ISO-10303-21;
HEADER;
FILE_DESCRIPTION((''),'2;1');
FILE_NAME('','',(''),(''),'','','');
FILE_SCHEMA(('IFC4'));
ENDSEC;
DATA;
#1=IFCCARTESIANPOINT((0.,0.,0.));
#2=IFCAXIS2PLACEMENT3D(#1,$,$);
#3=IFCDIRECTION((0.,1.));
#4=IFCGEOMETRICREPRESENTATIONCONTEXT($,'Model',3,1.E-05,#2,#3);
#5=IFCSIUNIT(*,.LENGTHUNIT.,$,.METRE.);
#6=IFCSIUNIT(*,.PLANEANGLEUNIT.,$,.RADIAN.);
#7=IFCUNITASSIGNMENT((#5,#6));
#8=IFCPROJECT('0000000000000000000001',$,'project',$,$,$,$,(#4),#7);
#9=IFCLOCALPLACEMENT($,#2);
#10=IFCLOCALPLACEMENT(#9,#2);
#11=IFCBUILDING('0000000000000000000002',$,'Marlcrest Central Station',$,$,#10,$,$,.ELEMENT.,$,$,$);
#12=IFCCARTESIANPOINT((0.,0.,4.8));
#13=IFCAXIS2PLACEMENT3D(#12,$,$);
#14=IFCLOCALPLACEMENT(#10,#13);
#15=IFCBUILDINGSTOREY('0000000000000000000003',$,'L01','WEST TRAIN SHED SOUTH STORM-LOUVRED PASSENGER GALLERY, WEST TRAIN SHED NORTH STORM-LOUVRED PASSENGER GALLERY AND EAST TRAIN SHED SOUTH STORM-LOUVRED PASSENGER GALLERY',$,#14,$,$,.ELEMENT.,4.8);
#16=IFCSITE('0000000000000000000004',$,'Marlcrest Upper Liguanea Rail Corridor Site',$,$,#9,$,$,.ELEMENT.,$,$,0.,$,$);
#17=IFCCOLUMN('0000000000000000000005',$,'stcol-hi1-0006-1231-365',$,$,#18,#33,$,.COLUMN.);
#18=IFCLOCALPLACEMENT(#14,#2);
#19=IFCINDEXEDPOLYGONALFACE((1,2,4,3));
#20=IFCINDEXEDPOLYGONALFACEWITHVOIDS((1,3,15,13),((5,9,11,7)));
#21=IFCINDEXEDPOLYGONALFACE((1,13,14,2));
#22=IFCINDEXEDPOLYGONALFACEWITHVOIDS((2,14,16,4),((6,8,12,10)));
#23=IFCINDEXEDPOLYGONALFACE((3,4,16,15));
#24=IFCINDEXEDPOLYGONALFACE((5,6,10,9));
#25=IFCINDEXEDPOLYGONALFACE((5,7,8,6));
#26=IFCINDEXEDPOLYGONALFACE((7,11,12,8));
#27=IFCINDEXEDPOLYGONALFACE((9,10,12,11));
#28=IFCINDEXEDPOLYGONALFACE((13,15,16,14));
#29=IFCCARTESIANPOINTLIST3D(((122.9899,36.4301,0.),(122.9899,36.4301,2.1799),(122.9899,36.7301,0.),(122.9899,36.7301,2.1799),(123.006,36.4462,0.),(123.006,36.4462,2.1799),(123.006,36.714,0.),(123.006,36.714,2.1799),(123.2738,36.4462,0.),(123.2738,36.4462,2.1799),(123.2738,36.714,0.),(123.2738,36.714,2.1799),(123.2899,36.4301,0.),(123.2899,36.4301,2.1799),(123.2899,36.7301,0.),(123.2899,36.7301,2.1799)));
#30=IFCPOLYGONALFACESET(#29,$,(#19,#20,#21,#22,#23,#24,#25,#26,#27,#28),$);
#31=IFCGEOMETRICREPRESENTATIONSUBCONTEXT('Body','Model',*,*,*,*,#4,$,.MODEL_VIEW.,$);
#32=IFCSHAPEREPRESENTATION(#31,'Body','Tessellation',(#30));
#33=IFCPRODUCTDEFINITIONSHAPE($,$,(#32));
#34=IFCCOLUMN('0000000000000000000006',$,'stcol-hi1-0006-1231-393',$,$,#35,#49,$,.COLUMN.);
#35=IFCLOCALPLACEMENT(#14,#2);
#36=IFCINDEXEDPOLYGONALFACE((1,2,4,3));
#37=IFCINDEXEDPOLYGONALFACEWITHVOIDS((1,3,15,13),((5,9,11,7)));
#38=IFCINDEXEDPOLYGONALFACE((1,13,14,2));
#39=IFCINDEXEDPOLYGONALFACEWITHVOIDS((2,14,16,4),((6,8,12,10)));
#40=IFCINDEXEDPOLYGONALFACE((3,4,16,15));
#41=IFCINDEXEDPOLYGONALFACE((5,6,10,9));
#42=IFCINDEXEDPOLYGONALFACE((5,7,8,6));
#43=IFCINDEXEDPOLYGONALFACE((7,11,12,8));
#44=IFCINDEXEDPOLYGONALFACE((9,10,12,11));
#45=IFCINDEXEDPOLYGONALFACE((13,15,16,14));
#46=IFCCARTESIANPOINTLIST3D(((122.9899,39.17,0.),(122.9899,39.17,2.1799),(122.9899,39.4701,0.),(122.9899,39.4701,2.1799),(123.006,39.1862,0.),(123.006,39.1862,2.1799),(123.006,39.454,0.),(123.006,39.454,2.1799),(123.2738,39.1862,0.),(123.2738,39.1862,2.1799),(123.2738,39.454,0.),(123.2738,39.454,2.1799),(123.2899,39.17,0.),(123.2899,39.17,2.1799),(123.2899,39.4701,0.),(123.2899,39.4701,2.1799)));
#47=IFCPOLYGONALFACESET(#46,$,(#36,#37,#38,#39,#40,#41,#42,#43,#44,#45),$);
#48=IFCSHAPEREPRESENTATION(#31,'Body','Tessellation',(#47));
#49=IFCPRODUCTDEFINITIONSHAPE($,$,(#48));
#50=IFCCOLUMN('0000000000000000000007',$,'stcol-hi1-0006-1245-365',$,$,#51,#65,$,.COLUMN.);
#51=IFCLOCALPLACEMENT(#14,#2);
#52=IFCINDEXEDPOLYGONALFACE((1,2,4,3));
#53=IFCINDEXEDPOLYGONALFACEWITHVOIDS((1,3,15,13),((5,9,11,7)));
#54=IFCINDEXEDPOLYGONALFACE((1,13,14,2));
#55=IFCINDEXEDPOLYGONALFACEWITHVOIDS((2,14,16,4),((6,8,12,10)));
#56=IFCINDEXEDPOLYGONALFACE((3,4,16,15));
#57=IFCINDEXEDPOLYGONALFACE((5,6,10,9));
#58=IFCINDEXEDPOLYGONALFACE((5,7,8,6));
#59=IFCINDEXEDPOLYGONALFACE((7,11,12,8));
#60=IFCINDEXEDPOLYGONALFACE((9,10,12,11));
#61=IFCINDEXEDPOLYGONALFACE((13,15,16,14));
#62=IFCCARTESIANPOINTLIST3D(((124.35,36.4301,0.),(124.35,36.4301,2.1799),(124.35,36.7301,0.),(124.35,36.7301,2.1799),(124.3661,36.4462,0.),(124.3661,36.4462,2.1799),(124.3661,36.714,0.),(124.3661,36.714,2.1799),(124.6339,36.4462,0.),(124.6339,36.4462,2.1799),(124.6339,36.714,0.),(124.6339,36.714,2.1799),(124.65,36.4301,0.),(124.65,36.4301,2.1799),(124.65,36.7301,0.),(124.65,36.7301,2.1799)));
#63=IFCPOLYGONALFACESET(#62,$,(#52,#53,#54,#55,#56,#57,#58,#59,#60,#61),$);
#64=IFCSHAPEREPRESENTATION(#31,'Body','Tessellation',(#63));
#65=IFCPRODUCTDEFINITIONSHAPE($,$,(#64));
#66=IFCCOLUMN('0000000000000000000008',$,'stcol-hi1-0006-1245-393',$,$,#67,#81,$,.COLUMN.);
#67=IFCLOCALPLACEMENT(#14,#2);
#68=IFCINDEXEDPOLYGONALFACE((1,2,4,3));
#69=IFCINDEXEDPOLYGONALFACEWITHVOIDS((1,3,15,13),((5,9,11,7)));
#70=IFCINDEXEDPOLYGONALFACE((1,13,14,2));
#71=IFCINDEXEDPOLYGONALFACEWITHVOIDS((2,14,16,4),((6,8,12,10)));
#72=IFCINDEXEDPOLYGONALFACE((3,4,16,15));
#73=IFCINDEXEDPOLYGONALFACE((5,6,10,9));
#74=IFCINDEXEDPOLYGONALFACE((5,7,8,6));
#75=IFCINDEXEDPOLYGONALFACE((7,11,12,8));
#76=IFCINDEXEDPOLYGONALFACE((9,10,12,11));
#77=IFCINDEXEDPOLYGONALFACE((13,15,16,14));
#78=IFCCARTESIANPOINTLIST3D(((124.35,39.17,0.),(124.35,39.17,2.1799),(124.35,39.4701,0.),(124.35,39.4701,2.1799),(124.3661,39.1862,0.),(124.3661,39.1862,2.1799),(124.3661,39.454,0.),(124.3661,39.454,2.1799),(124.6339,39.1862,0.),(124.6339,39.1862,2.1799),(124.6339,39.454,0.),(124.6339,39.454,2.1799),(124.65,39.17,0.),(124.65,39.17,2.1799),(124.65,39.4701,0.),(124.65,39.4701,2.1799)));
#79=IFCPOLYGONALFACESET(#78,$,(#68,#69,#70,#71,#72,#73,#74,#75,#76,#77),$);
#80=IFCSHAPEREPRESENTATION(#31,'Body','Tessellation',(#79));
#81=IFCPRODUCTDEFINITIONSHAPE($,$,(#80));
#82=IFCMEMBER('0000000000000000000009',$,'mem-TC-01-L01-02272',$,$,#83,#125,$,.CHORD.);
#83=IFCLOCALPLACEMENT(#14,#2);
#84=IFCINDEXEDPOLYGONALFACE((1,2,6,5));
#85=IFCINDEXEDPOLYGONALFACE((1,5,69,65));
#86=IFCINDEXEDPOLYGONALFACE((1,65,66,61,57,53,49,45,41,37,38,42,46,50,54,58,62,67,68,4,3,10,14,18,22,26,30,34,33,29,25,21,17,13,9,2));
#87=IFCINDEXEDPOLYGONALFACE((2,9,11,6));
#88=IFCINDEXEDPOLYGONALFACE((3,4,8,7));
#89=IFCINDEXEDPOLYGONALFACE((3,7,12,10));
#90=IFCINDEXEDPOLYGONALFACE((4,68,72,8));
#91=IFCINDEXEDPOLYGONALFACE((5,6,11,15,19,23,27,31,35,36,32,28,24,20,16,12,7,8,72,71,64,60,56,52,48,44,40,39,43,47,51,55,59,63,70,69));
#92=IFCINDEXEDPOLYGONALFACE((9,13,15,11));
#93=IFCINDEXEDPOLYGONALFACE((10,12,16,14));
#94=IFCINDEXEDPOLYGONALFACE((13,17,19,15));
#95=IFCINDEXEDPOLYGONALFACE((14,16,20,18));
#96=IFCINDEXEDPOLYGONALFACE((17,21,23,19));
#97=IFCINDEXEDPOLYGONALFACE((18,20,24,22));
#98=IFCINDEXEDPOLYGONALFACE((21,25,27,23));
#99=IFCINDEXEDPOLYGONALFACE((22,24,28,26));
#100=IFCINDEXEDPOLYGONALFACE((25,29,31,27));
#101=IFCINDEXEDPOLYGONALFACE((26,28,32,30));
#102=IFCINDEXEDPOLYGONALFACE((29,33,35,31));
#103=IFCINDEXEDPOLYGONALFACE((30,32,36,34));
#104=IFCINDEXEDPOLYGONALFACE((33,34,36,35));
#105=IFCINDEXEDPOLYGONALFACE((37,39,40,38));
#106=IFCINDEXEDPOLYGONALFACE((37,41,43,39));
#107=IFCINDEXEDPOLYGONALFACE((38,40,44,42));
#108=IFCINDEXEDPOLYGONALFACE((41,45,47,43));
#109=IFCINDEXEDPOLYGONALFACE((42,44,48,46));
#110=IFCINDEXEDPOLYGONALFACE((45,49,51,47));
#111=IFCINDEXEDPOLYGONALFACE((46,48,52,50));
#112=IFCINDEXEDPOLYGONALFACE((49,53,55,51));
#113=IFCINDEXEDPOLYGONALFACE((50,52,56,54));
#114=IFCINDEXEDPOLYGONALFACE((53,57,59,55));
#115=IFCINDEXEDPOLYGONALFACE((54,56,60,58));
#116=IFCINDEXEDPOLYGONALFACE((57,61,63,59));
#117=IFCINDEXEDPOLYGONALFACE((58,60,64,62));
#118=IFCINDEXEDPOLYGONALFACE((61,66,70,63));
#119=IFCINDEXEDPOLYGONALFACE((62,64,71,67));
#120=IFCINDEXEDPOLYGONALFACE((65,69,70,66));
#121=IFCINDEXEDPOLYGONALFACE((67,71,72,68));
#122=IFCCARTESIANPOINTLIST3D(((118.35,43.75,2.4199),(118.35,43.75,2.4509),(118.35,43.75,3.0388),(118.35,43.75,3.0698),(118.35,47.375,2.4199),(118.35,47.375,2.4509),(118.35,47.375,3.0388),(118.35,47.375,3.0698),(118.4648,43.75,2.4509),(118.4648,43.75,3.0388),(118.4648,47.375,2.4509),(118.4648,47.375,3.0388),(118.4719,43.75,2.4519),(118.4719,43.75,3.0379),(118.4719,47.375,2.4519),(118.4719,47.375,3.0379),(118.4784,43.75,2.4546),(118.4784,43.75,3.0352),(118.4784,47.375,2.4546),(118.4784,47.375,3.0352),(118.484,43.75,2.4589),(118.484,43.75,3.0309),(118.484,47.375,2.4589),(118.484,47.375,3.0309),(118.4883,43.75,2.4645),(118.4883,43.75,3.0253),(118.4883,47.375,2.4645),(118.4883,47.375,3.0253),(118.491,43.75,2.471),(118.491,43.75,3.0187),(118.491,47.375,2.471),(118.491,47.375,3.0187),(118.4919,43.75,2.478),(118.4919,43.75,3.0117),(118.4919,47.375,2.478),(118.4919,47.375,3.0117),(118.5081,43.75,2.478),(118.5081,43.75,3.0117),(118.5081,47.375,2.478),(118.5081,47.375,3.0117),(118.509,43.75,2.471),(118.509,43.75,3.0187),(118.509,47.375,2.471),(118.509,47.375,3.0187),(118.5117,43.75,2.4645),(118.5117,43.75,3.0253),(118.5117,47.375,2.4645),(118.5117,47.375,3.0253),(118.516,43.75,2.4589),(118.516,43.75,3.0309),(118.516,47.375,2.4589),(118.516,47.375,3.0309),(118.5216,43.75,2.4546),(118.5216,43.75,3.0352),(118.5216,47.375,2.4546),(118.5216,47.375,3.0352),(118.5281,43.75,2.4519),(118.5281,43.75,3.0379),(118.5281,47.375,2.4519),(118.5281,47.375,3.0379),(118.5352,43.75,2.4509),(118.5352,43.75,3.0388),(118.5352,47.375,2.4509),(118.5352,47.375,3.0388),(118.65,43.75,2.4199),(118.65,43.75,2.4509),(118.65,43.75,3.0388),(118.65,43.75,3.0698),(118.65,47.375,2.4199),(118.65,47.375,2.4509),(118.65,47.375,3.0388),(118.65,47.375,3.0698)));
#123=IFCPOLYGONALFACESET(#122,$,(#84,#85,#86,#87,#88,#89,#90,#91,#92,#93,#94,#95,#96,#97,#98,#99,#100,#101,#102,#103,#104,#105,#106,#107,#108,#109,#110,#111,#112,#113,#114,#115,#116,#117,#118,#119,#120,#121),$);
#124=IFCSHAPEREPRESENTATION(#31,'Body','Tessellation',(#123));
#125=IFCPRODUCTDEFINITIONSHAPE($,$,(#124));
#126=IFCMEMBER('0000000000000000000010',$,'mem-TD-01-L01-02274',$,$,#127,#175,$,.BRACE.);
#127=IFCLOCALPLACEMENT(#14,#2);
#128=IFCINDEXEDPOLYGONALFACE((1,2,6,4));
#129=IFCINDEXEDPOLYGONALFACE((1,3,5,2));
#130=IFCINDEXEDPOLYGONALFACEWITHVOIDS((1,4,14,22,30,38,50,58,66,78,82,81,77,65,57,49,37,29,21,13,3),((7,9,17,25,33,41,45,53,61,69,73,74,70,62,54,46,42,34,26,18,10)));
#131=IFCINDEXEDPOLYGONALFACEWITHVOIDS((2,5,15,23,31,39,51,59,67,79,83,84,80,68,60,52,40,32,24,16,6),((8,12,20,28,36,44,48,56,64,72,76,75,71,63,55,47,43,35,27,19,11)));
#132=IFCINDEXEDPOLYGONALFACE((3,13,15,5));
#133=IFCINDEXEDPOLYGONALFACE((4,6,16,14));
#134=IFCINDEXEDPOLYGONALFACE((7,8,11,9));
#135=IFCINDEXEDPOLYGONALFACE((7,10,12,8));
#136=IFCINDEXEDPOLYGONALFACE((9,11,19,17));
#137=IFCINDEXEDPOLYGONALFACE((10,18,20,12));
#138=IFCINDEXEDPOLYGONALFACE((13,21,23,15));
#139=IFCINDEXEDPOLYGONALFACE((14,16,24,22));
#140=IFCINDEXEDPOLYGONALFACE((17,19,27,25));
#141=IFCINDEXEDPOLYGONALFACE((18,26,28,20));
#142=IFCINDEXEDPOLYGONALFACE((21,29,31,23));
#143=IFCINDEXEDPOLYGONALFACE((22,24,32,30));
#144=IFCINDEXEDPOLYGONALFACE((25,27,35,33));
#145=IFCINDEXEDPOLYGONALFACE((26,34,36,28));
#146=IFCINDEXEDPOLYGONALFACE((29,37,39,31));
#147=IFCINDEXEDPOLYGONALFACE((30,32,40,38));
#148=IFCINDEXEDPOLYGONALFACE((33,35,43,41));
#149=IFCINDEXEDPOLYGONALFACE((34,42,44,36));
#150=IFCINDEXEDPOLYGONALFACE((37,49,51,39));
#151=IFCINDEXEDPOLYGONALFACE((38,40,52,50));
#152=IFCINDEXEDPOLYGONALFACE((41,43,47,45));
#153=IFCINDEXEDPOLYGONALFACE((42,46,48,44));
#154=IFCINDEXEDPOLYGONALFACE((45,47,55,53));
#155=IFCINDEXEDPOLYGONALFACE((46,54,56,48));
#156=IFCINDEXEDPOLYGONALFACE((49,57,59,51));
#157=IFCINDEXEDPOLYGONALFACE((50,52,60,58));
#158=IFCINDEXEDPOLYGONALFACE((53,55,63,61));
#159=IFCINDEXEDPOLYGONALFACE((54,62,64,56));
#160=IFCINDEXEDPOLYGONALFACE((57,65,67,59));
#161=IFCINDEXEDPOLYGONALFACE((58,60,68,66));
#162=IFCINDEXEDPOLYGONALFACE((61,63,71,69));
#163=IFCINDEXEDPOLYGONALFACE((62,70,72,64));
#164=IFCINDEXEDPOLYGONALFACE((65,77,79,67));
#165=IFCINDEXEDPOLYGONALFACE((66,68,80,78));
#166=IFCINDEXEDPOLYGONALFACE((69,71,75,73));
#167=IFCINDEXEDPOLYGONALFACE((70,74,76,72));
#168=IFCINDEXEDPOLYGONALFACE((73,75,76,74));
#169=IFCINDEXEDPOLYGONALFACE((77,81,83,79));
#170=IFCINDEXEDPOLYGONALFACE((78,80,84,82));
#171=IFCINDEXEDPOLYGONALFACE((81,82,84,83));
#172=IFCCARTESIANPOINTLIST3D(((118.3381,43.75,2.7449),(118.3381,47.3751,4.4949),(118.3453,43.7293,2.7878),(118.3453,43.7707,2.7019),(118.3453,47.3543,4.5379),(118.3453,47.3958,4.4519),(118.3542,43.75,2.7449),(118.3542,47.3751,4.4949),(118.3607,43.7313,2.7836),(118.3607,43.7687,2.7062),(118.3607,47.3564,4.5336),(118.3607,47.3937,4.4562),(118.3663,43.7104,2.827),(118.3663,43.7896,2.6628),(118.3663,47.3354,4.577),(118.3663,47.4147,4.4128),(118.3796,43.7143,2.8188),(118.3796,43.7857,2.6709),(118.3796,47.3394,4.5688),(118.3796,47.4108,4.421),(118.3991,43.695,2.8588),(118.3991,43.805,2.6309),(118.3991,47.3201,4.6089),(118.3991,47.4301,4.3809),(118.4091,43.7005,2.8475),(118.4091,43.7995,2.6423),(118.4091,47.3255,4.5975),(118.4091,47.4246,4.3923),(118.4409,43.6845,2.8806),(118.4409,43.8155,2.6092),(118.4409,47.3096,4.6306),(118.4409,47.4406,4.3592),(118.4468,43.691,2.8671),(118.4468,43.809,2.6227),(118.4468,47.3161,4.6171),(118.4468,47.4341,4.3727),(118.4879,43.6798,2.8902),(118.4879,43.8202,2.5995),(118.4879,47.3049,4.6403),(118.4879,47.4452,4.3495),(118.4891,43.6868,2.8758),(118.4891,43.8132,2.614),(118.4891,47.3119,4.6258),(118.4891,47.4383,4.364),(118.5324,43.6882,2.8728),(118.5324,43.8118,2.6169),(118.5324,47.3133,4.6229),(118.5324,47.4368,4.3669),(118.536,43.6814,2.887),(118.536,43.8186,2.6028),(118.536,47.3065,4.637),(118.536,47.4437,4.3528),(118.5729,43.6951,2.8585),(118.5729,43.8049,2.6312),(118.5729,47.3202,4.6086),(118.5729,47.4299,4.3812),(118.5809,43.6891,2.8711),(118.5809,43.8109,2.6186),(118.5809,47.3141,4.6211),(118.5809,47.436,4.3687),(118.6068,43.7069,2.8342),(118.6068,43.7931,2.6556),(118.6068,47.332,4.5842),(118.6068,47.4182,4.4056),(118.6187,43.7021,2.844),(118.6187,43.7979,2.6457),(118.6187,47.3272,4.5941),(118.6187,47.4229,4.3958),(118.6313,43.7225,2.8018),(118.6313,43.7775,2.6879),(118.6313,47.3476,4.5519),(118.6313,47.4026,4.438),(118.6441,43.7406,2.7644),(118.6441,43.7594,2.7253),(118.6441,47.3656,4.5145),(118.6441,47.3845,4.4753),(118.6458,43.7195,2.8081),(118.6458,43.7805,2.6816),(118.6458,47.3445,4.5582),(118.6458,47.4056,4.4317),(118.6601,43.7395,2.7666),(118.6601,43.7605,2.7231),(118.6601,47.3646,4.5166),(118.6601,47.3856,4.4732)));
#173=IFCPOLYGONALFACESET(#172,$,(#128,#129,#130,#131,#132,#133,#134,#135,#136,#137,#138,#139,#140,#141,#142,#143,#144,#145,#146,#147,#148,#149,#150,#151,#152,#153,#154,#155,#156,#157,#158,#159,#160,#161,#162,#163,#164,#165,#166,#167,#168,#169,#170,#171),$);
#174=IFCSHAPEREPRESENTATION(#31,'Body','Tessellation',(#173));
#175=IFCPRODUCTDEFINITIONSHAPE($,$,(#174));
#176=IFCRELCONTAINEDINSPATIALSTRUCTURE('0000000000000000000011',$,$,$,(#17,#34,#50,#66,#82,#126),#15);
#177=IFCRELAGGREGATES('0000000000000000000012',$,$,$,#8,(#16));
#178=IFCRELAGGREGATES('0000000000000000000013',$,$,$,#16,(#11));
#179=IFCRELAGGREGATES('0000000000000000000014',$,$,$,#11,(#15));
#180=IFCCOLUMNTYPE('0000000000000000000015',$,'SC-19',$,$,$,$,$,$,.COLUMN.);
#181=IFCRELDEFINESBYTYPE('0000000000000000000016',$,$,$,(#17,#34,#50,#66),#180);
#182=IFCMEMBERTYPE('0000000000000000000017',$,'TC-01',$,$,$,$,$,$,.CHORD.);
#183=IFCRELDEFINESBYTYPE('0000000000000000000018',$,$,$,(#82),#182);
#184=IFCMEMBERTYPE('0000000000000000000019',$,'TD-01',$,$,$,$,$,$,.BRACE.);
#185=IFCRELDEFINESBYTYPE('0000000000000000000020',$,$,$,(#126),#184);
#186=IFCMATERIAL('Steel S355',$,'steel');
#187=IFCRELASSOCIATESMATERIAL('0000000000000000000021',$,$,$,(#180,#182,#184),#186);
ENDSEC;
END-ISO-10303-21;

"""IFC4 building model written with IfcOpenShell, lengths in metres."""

from ifc_helpers import new_model, si_unit, direction, frame, origin, origin_2d, place, context, subcontext, project, spatial, hollow_rectangle, hollow_circle, i_section, extrude, material, material_profile, profile_set, type_object, element, save


model = new_model("IFC4")

# Units and contexts
model_context = context("Model", 3, precision=1e-05, world=origin(), true_north=direction((0.0, 1.0)))
body_context = subcontext(model_context, "Body", "Model", "MODEL_VIEW")
ifc_project = project(units=[si_unit("LENGTHUNIT", "METRE"), si_unit("PLANEANGLEUNIT", "RADIAN")], contexts=[model_context])

# Site, building, storey
site_placement = place(None, origin())
site = spatial("IfcSite", under=ifc_project, at=site_placement, Name="Marlcrest Upper Liguanea Rail Corridor Site", CompositionType="ELEMENT", RefElevation=0.0)
building_placement = place(site_placement, origin())
building = spatial("IfcBuilding", under=site, at=building_placement, Name="Marlcrest Central Station", CompositionType="ELEMENT")
storey_placement = place(building_placement, frame((0.0, 0.0, 4.8)))
storey = spatial("IfcBuildingStorey", under=building, at=storey_placement, Name="L01", Description="WEST TRAIN SHED SOUTH STORM-LOUVRED PASSENGER GALLERY, WEST TRAIN SHED NORTH STORM-LOUVRED PASSENGER GALLERY AND EAST TRAIN SHED SOUTH STORM-LOUVRED PASSENGER GALLERY", CompositionType="ELEMENT", Elevation=4.8)

# Columns
ifc_material_1 = material(Name="Steel S355", Category="steel")
ifc_material_profile_1 = material_profile(ifc_material_1, hollow_rectangle(XDim=0.3, YDim=0.3, WallThickness=0.0161, at=origin_2d()), Name="SHS 300x300x16")
ifc_profile_set_1 = profile_set([ifc_material_profile_1], Name="Steel S355")
column_type = type_object("IfcColumnType", Name="SC-19", PredefinedType="COLUMN", material=ifc_profile_set_1)
for number, where, z_axis, x_axis, name in (
    (1, (123.1399, 36.5801, 0.0), (0.0, 0.0, 1.0), (1.0, 0.0, 0.0), "stcol-hi1-0006-1231-365"),
    (2, (123.1399, 39.3201, 0.0), (0.0, 0.0, 1.0), (1.0, 0.0, 0.0), "stcol-hi1-0006-1231-393"),
    (3, (124.5, 36.5801, 0.0), (0.0, 0.0, 1.0), (1.0, 0.0, 0.0), "stcol-hi1-0006-1245-365"),
    (4, (124.5, 39.3201, 0.0), (0.0, 0.0, 1.0), (1.0, 0.0, 0.0), "stcol-hi1-0006-1245-393"),
):
    element("IfcColumn", number, at=place(storey_placement, frame(where, z_axis=z_axis, x_axis=x_axis)), inside=storey, type_object=column_type, Name=name, PredefinedType="COLUMN", context=body_context, shape_type="SweptSolid", body=[
        extrude(hollow_rectangle(XDim=0.3, YDim=0.3, WallThickness=0.0161, at=origin_2d()), origin(), (0.0, 0.0, 1.0), 2.1799),
    ])

# Members
ifc_material_profile_2 = material_profile(ifc_material_1, i_section(OverallWidth=0.3, OverallDepth=0.6499, WebThickness=0.0161, FlangeThickness=0.031, FilletRadius=0.0271, at=origin_2d()), Name="HEB 650")
ifc_profile_set_2 = profile_set([ifc_material_profile_2], Name="Steel S355")
member_type_1 = type_object("IfcMemberType", Name="TC-01", PredefinedType="CHORD", material=ifc_profile_set_2)
member_1_placement = place(storey_placement, frame((118.5, 43.75, 2.7449), z_axis=(0.0, 1.0, 0.0), x_axis=(-1.0, 0.0, 0.0)))
element("IfcMember", 5, at=member_1_placement, inside=storey, type_object=member_type_1, Name="mem-TC-01-L01-02272", PredefinedType="CHORD", context=body_context, shape_type="SweptSolid", body=[
    extrude(i_section(OverallWidth=0.3, OverallDepth=0.6499, WebThickness=0.0161, FlangeThickness=0.031, FilletRadius=0.0271, at=origin_2d()), origin(), (0.0, 0.0, 1.0), 3.625),
])
ifc_material_profile_3 = material_profile(ifc_material_1, hollow_circle(Radius=0.1619, WallThickness=0.0161, at=origin_2d()), Name="CHS 323.9x16")
ifc_profile_set_3 = profile_set([ifc_material_profile_3], Name="Steel S355")
member_type_2 = type_object("IfcMemberType", Name="TD-01", PredefinedType="BRACE", material=ifc_profile_set_3)
member_2_placement = place(storey_placement, frame((118.5, 43.75, 2.7449), z_axis=(0.0, 0.900552, 0.434749), x_axis=(-1.0, 0.0, 0.0)))
element("IfcMember", 6, at=member_2_placement, inside=storey, type_object=member_type_2, Name="mem-TD-01-L01-02274", PredefinedType="BRACE", context=body_context, shape_type="SweptSolid", body=[
    extrude(hollow_circle(Radius=0.1619, WallThickness=0.0161, at=origin_2d()), origin(), (0.0, 0.0, 1.0), 4.0254),
])

save(model, "model.ifc")
